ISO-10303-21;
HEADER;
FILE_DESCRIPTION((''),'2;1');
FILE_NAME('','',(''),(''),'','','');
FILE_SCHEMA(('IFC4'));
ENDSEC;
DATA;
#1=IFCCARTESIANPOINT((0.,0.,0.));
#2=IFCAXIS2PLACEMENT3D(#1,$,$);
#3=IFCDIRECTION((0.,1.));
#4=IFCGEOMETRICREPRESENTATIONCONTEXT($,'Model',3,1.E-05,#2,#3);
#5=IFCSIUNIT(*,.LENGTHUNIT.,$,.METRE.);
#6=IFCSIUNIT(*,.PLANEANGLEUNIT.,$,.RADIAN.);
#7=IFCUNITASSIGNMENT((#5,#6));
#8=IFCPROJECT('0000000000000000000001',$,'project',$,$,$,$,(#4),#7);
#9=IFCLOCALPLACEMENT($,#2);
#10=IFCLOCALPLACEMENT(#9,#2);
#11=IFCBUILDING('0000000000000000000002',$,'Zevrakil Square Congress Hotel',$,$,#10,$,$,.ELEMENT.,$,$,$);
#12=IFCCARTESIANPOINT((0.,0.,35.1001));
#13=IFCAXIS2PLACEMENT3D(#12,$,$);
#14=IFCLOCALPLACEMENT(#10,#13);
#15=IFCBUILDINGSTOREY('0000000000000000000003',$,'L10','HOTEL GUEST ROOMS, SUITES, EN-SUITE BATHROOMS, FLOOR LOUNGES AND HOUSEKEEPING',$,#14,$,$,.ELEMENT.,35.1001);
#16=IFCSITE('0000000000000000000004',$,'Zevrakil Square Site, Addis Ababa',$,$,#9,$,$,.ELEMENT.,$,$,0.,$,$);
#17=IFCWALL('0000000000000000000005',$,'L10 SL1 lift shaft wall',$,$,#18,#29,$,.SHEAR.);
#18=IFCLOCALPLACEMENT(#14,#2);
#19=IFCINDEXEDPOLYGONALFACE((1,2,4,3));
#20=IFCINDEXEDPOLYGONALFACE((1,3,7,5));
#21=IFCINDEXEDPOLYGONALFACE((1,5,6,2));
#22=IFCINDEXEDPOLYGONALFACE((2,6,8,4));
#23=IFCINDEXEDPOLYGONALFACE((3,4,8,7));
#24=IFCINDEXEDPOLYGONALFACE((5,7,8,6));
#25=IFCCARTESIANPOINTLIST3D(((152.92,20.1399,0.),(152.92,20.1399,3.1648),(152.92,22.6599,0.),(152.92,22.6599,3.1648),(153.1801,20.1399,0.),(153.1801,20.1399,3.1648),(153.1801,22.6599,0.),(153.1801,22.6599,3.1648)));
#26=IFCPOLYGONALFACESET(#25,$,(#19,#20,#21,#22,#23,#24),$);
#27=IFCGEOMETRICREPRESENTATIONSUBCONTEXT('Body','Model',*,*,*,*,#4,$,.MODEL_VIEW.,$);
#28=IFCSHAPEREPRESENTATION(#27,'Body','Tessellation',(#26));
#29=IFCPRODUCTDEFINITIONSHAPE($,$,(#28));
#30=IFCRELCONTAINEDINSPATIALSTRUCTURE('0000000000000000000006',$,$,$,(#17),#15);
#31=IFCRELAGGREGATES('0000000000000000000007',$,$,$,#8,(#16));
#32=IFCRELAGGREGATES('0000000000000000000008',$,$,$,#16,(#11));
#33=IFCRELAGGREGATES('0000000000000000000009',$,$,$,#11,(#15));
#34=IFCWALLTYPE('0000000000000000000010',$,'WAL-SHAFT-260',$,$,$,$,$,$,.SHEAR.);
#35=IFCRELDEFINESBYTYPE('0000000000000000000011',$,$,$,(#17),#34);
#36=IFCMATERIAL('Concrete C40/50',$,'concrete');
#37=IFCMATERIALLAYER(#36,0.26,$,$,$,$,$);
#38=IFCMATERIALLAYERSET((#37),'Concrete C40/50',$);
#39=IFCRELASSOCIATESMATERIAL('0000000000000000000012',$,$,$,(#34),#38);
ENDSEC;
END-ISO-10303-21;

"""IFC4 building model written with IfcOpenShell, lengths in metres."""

from ifc_helpers import new_model, si_unit, direction, frame, frame_2d, origin, place, context, subcontext, project, spatial, rectangle, extrude, material, layer, layer_set, type_object, element, save


model = new_model("IFC4")

# Units and contexts
model_context = context("Model", 3, precision=1e-05, world=origin(), true_north=direction((0.0, 1.0)))
body_context = subcontext(model_context, "Body", "Model", "MODEL_VIEW")
ifc_project = project(units=[si_unit("LENGTHUNIT", "METRE"), si_unit("PLANEANGLEUNIT", "RADIAN")], contexts=[model_context])

# Site, building, storey
site_placement = place(None, origin())
site = spatial("IfcSite", under=ifc_project, at=site_placement, Name="Zevrakil Square Site, Addis Ababa", CompositionType="ELEMENT", RefElevation=0.0)
building_placement = place(site_placement, origin())
building = spatial("IfcBuilding", under=site, at=building_placement, Name="Zevrakil Square Congress Hotel", CompositionType="ELEMENT")
storey_placement = place(building_placement, frame((0.0, 0.0, 35.1001)))
storey = spatial("IfcBuildingStorey", under=building, at=storey_placement, Name="L10", Description="HOTEL GUEST ROOMS, SUITES, EN-SUITE BATHROOMS, FLOOR LOUNGES AND HOUSEKEEPING", CompositionType="ELEMENT", Elevation=35.1001)

# Shared definitions
ifc_material_1 = material(Name="Concrete C40/50", Category="concrete")
ifc_layer_1 = layer(ifc_material_1, 0.26)
ifc_layer_set_1 = layer_set([ifc_layer_1], Name="Concrete C40/50")
wall_type_1 = type_object("IfcWallType", Name="WAL-SHAFT-260", PredefinedType="SHEAR", material=ifc_layer_set_1)

# Wall
for number, where, z_axis, x_axis, name in (
    (1, (153.05, 20.1399, 0.0), (0.0, 0.0, 1.0), (0.0, 1.0, 0.0), "L10 SL1 lift shaft wall"),
):
    element("IfcWall", number, at=place(storey_placement, frame(where, z_axis=z_axis, x_axis=x_axis)), inside=storey, type_object=wall_type_1, Name=name, PredefinedType="SHEAR", context=body_context, shape_type="SweptSolid", body=[
        extrude(rectangle(XDim=2.52, YDim=0.26, at=frame_2d((1.26, 0.0))), origin(), (0.0, 0.0, 1.0), 3.1648),
    ])

save(model, "model.ifc")
